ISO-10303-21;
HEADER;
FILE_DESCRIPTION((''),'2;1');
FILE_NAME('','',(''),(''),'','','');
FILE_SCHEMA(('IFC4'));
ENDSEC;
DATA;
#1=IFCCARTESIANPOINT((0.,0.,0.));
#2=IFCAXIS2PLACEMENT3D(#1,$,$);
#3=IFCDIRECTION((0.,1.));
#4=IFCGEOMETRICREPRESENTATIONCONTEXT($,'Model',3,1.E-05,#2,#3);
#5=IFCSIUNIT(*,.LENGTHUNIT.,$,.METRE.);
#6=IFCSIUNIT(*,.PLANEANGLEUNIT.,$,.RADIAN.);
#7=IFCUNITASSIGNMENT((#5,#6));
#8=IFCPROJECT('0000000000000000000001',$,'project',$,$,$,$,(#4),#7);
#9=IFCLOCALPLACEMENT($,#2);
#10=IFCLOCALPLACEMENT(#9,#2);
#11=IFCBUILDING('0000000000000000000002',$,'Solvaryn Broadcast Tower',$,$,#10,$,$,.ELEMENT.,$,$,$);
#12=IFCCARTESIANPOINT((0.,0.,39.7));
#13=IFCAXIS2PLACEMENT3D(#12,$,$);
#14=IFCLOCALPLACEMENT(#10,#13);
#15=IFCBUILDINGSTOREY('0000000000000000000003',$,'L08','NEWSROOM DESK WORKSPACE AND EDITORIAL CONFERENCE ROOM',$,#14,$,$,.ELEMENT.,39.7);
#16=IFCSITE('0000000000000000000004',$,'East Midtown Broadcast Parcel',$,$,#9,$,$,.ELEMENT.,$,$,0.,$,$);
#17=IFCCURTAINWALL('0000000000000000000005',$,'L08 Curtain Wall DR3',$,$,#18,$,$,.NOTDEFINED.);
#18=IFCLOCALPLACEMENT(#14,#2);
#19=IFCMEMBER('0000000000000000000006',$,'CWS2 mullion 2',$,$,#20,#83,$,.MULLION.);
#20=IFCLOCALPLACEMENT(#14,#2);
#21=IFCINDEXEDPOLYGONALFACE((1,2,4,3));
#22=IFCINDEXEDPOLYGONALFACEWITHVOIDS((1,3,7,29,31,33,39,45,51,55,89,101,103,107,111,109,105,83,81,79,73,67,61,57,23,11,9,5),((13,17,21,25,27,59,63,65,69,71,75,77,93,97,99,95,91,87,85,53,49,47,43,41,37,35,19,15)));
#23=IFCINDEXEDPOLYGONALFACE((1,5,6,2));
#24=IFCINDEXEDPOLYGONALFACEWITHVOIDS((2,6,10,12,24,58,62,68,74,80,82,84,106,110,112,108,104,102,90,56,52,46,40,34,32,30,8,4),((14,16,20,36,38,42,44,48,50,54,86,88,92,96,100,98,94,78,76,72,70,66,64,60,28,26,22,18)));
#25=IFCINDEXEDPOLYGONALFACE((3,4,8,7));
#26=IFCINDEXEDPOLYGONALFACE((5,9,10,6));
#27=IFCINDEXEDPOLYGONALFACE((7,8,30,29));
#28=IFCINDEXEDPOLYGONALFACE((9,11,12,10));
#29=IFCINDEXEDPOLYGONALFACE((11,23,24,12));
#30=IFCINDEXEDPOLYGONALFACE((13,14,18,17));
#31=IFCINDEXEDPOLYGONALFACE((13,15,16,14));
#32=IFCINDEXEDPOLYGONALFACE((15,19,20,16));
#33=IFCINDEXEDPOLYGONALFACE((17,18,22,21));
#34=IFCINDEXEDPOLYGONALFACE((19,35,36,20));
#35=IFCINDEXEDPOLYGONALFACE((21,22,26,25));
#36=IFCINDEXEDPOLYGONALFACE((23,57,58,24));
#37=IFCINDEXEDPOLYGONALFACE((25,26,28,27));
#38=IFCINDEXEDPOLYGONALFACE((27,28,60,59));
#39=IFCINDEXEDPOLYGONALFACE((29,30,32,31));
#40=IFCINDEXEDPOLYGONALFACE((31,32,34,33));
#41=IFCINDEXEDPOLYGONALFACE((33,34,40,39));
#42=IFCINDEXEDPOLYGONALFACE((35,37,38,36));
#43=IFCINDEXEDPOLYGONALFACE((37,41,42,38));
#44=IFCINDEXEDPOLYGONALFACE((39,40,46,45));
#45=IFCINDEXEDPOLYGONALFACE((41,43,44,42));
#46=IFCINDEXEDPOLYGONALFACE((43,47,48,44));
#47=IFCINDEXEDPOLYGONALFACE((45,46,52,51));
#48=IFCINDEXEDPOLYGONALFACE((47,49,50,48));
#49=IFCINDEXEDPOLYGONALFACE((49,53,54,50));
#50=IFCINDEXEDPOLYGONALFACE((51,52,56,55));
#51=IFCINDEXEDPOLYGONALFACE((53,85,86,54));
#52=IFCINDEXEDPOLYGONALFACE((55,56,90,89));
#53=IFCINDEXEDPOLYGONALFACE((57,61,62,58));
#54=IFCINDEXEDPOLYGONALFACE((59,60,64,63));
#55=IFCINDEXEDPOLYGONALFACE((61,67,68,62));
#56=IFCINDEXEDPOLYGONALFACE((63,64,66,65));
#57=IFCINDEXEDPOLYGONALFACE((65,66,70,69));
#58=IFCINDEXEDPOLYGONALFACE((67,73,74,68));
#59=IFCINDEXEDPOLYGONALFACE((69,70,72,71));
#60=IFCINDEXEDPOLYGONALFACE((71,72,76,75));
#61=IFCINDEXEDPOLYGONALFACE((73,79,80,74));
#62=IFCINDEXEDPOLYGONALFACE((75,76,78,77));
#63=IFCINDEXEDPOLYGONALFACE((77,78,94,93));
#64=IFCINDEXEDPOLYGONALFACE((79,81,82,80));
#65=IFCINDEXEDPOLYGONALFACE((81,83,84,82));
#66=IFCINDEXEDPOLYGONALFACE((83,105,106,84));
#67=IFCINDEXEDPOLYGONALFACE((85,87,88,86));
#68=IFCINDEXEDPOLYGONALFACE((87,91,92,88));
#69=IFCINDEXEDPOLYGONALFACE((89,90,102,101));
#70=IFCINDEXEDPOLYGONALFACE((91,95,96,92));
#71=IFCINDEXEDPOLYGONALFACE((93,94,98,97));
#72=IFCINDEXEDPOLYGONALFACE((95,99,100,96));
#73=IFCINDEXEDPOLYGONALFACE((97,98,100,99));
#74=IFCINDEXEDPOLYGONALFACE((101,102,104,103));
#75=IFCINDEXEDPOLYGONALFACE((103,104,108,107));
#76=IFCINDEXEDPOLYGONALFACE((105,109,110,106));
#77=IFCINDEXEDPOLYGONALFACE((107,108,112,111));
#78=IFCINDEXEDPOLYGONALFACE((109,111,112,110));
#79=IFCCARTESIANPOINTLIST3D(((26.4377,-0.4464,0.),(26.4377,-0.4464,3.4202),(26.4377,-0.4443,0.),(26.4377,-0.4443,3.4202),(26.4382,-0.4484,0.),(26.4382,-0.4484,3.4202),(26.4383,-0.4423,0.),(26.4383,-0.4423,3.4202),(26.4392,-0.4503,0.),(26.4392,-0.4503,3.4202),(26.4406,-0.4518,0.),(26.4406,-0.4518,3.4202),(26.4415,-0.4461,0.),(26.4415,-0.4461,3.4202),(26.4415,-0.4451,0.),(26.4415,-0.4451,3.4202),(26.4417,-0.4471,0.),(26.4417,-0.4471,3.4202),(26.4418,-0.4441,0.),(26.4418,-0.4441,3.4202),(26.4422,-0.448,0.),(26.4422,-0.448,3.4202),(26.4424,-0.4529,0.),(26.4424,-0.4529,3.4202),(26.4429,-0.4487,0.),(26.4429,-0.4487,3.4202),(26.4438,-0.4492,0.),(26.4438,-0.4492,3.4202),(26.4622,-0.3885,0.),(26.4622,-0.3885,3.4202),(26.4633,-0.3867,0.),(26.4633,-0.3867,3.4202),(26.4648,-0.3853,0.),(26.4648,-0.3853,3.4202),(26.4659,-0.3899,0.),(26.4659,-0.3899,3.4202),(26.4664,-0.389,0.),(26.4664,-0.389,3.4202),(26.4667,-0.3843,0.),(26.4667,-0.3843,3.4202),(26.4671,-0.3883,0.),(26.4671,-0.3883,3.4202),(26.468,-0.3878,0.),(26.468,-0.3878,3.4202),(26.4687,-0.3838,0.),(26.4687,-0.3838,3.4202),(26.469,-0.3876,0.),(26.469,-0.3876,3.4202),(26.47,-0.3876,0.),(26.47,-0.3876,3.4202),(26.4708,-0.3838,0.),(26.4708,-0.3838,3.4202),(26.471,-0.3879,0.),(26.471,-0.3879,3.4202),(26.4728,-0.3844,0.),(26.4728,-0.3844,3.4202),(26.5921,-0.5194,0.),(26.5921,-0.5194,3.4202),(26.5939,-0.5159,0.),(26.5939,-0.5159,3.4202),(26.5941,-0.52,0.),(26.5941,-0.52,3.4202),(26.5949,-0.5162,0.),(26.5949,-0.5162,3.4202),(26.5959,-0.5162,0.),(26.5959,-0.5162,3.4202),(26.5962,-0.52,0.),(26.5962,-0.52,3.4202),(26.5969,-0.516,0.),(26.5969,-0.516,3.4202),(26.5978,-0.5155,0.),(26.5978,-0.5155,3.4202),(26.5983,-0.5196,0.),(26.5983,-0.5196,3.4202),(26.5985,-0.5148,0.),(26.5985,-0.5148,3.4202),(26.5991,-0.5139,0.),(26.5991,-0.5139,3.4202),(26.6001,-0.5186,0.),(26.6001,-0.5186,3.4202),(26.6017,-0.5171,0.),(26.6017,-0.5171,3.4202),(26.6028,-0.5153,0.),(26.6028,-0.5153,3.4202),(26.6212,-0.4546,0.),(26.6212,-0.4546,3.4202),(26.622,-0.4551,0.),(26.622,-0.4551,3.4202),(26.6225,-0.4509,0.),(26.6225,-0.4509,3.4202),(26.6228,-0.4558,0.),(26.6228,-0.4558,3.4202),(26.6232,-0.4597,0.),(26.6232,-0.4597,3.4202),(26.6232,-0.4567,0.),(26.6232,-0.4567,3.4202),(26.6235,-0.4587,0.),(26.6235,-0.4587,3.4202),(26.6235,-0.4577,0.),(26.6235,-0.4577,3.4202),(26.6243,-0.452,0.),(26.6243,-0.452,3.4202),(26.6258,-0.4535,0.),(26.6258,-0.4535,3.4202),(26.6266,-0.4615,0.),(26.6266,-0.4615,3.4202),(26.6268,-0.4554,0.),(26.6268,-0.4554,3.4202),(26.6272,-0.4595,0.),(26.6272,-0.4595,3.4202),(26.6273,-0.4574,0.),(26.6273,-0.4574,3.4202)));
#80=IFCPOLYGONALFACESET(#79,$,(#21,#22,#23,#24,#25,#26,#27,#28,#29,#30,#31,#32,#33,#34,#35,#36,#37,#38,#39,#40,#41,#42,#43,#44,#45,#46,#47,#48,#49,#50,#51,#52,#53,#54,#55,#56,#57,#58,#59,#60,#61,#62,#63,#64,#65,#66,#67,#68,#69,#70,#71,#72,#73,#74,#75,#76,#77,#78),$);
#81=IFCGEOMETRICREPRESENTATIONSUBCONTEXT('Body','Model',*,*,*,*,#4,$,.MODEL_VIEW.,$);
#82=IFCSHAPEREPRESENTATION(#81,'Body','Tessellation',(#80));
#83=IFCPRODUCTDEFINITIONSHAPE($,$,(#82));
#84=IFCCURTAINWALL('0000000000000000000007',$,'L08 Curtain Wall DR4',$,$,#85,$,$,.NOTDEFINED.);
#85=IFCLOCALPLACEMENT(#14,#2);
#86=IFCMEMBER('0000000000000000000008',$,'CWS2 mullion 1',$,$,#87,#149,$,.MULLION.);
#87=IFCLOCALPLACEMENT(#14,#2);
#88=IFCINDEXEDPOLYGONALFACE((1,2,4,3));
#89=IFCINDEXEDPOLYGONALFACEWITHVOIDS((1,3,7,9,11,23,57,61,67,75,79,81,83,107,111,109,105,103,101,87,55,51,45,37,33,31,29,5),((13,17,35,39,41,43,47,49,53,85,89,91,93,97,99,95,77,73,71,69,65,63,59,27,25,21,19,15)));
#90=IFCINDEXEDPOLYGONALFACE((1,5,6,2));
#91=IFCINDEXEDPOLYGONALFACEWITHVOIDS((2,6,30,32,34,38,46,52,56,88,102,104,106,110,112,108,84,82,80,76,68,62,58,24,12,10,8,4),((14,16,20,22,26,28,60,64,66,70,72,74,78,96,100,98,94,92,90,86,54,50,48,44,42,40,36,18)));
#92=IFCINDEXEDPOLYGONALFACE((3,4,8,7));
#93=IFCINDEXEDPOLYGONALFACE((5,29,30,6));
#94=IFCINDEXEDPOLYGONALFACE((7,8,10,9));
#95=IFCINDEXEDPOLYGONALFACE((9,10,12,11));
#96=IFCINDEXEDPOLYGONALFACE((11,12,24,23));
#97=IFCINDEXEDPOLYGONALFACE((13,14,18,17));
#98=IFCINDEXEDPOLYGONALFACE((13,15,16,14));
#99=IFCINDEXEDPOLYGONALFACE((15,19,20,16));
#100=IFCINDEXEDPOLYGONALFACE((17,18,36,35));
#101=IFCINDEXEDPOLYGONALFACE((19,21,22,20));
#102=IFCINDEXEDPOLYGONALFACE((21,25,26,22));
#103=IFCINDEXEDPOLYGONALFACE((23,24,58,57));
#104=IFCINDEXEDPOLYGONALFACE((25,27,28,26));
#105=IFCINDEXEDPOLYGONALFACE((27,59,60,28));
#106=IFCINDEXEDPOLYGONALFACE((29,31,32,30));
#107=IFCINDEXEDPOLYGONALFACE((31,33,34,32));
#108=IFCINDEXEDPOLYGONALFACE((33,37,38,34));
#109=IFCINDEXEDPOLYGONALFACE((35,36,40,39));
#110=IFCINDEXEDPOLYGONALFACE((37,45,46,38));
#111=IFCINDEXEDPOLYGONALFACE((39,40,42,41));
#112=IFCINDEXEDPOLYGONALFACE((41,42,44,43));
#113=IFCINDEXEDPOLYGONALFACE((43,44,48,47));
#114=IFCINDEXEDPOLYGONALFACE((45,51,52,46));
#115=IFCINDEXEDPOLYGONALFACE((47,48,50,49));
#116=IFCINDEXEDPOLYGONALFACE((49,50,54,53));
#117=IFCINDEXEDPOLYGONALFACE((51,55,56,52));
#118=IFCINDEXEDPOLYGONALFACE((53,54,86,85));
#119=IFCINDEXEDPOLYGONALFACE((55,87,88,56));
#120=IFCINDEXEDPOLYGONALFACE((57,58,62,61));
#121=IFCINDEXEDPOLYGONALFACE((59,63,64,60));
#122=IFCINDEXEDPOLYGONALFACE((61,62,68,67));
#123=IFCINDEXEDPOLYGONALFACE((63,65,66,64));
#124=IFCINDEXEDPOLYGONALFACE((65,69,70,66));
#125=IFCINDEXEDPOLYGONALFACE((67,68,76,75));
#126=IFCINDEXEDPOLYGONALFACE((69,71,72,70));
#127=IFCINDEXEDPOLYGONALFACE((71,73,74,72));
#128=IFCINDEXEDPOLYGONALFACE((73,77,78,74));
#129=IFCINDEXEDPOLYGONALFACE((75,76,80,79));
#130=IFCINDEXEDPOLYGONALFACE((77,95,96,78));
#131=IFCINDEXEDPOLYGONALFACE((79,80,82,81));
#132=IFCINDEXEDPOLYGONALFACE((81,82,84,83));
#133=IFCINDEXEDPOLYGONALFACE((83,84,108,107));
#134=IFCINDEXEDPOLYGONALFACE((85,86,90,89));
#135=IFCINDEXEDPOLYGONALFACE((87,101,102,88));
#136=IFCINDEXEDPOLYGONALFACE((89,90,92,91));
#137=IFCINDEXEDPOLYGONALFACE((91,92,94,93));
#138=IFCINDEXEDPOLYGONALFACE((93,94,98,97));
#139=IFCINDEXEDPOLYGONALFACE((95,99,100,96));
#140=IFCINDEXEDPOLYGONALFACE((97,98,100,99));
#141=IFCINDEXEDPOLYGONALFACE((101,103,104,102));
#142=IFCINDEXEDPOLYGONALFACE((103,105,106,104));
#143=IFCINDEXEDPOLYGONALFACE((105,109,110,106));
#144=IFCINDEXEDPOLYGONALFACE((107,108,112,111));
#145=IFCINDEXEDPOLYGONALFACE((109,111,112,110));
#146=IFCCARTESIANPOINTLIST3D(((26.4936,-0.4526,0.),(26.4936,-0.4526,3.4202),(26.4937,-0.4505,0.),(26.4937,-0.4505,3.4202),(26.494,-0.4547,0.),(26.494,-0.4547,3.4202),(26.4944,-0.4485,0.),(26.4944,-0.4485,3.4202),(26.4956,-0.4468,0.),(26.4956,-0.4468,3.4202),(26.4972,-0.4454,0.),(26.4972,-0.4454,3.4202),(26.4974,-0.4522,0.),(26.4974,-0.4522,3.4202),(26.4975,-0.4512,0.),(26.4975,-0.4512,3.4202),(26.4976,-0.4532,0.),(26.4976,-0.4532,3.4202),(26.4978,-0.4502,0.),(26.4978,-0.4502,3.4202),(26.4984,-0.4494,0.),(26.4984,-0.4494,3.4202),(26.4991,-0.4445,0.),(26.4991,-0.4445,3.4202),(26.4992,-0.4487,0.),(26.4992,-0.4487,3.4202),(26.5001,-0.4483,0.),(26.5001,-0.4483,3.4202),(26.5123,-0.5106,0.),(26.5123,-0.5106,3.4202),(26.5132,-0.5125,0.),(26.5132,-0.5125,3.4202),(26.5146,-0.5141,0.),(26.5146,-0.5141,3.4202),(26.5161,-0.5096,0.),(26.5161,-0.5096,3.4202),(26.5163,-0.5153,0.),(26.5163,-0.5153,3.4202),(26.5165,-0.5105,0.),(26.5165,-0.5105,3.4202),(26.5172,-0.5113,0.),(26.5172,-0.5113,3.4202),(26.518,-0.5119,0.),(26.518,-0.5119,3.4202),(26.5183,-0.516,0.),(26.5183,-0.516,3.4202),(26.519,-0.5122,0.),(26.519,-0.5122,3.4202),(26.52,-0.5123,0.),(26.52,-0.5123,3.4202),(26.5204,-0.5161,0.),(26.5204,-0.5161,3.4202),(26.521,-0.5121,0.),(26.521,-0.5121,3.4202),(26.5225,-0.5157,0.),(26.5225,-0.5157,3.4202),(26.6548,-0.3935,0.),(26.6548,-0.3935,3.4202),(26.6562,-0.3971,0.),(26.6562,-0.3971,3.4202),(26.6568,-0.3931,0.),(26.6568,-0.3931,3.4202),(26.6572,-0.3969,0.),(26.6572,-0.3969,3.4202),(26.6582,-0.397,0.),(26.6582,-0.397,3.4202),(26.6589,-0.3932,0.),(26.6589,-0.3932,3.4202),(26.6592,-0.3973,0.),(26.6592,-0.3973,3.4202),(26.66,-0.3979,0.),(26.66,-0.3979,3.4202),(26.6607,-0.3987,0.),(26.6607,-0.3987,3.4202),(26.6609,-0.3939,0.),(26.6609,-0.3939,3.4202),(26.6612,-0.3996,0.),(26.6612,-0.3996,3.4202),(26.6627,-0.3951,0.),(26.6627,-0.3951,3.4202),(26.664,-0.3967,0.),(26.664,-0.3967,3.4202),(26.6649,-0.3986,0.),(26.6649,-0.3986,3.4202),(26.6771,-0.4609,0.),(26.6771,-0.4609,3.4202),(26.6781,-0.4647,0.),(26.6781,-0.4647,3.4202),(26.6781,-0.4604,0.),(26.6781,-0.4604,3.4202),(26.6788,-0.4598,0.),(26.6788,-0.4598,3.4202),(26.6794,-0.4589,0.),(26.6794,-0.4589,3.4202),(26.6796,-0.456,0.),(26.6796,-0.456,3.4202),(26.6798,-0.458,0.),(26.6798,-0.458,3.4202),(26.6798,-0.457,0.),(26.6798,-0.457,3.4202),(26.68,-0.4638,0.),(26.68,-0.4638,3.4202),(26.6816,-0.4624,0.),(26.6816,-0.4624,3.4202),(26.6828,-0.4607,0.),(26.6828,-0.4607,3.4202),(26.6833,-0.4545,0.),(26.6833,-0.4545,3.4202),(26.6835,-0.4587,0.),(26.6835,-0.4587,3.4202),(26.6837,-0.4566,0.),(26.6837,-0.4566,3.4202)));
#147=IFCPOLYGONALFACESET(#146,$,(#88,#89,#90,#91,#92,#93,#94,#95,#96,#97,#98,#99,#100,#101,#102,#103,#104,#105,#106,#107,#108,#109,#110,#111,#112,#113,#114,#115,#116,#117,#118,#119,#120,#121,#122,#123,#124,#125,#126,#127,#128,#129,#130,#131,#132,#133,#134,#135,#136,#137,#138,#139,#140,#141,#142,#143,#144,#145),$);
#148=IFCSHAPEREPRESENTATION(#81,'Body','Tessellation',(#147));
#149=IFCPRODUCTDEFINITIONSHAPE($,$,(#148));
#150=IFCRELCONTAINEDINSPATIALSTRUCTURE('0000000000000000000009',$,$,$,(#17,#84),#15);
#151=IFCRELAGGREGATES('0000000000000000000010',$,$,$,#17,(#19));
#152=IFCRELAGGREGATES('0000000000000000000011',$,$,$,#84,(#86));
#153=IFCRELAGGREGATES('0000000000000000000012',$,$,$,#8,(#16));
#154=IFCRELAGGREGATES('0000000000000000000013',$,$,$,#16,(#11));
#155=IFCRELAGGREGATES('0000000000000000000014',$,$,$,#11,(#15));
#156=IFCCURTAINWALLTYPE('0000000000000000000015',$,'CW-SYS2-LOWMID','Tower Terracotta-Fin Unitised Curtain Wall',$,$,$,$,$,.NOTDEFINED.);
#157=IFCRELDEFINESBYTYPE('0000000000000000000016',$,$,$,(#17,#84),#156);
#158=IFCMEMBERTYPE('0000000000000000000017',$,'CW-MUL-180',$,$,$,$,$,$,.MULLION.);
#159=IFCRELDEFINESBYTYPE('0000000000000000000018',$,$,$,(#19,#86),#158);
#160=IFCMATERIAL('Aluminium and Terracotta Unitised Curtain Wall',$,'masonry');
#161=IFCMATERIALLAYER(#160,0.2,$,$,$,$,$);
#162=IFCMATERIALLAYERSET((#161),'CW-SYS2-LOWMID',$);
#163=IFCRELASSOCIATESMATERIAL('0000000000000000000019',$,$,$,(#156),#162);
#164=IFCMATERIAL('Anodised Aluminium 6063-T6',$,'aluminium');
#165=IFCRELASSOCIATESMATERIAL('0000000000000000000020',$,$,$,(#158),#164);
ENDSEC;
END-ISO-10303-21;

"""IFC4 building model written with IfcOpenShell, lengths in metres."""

from ifc_helpers import new_model, si_unit, direction, frame, origin, origin_2d, place, context, subcontext, project, spatial, hollow_rectangle, extrude, material, layer, layer_set, material_profile, profile_set, type_object, element, aggregate, save


model = new_model("IFC4")

# Units and contexts
model_context = context("Model", 3, precision=1e-05, world=origin(), true_north=direction((0.0, 1.0)))
body_context = subcontext(model_context, "Body", "Model", "MODEL_VIEW")
ifc_project = project(units=[si_unit("LENGTHUNIT", "METRE"), si_unit("PLANEANGLEUNIT", "RADIAN")], contexts=[model_context])

# Site, building, storey
site_placement = place(None, origin())
site = spatial("IfcSite", under=ifc_project, at=site_placement, Name="East Midtown Broadcast Parcel", CompositionType="ELEMENT", RefElevation=0.0)
building_placement = place(site_placement, origin())
building = spatial("IfcBuilding", under=site, at=building_placement, Name="Solvaryn Broadcast Tower", CompositionType="ELEMENT")
storey_placement = place(building_placement, frame((0.0, 0.0, 39.7)))
storey = spatial("IfcBuildingStorey", under=building, at=storey_placement, Name="L08", Description="NEWSROOM DESK WORKSPACE AND EDITORIAL CONFERENCE ROOM", CompositionType="ELEMENT", Elevation=39.7)

# Curtain wall, member
ifc_material_1 = material(Name="Aluminium and Terracotta Unitised Curtain Wall", Category="masonry")
ifc_layer_1 = layer(ifc_material_1, 0.2)
ifc_layer_set_1 = layer_set([ifc_layer_1], Name="CW-SYS2-LOWMID")
curtain_wall_type = type_object("IfcCurtainWallType", Name="CW-SYS2-LOWMID", Description="Tower Terracotta-Fin Unitised Curtain Wall", PredefinedType="NOTDEFINED", material=ifc_layer_set_1)
curtain_wall_1_placement = place(storey_placement, origin())
curtain_wall_1 = element("IfcCurtainWall", 1, at=curtain_wall_1_placement, inside=storey, type_object=curtain_wall_type, Name="L08 Curtain Wall DR3", PredefinedType="NOTDEFINED")
ifc_material_2 = material(Name="Anodised Aluminium 6063-T6", Category="aluminium")
ifc_material_profile_1 = material_profile(ifc_material_2, hollow_rectangle(XDim=0.075, YDim=0.1799, WallThickness=0.0039, InnerFilletRadius=0.0039, OuterFilletRadius=0.0081, at=origin_2d()))
ifc_profile_set_1 = profile_set([ifc_material_profile_1], Name="Anodised Aluminium 6063-T6")
member_type_1 = type_object("IfcMemberType", Name="CW-MUL-180", PredefinedType="MULLION", material=ifc_profile_set_1)
member_1_placement = place(storey_placement, frame((26.5325, -0.4519, 0.0), z_axis=(0.0, 0.0, 1.0), x_axis=(0.405898, 0.913918, 0.0)))
member_1 = element("IfcMember", 2, at=member_1_placement, type_object=member_type_1, Name="CWS2 mullion 2", PredefinedType="MULLION", context=body_context, shape_type="SweptSolid", body=[
    extrude(hollow_rectangle(XDim=0.075, YDim=0.1799, WallThickness=0.0039, InnerFilletRadius=0.0039, OuterFilletRadius=0.0081, at=origin_2d()), origin(), (0.0, 0.0, 1.0), 3.4202),
])
aggregate(curtain_wall_1, [member_1])

# Curtain wall, member
curtain_wall_2_placement = place(storey_placement, origin())
curtain_wall_2 = element("IfcCurtainWall", 3, at=curtain_wall_2_placement, inside=storey, type_object=curtain_wall_type, Name="L08 Curtain Wall DR4", PredefinedType="NOTDEFINED")
member_2_placement = place(storey_placement, frame((26.5886, -0.4546, 0.0), z_axis=(0.0, 0.0, 1.0), x_axis=(-0.311594, 0.950215, 0.0)))
member_2 = element("IfcMember", 4, at=member_2_placement, type_object=member_type_1, Name="CWS2 mullion 1", PredefinedType="MULLION", context=body_context, shape_type="SweptSolid", body=[
    extrude(hollow_rectangle(XDim=0.075, YDim=0.1799, WallThickness=0.0039, InnerFilletRadius=0.0039, OuterFilletRadius=0.0081, at=origin_2d()), origin(), (0.0, 0.0, 1.0), 3.4202),
])
aggregate(curtain_wall_2, [member_2])

save(model, "model.ifc")
